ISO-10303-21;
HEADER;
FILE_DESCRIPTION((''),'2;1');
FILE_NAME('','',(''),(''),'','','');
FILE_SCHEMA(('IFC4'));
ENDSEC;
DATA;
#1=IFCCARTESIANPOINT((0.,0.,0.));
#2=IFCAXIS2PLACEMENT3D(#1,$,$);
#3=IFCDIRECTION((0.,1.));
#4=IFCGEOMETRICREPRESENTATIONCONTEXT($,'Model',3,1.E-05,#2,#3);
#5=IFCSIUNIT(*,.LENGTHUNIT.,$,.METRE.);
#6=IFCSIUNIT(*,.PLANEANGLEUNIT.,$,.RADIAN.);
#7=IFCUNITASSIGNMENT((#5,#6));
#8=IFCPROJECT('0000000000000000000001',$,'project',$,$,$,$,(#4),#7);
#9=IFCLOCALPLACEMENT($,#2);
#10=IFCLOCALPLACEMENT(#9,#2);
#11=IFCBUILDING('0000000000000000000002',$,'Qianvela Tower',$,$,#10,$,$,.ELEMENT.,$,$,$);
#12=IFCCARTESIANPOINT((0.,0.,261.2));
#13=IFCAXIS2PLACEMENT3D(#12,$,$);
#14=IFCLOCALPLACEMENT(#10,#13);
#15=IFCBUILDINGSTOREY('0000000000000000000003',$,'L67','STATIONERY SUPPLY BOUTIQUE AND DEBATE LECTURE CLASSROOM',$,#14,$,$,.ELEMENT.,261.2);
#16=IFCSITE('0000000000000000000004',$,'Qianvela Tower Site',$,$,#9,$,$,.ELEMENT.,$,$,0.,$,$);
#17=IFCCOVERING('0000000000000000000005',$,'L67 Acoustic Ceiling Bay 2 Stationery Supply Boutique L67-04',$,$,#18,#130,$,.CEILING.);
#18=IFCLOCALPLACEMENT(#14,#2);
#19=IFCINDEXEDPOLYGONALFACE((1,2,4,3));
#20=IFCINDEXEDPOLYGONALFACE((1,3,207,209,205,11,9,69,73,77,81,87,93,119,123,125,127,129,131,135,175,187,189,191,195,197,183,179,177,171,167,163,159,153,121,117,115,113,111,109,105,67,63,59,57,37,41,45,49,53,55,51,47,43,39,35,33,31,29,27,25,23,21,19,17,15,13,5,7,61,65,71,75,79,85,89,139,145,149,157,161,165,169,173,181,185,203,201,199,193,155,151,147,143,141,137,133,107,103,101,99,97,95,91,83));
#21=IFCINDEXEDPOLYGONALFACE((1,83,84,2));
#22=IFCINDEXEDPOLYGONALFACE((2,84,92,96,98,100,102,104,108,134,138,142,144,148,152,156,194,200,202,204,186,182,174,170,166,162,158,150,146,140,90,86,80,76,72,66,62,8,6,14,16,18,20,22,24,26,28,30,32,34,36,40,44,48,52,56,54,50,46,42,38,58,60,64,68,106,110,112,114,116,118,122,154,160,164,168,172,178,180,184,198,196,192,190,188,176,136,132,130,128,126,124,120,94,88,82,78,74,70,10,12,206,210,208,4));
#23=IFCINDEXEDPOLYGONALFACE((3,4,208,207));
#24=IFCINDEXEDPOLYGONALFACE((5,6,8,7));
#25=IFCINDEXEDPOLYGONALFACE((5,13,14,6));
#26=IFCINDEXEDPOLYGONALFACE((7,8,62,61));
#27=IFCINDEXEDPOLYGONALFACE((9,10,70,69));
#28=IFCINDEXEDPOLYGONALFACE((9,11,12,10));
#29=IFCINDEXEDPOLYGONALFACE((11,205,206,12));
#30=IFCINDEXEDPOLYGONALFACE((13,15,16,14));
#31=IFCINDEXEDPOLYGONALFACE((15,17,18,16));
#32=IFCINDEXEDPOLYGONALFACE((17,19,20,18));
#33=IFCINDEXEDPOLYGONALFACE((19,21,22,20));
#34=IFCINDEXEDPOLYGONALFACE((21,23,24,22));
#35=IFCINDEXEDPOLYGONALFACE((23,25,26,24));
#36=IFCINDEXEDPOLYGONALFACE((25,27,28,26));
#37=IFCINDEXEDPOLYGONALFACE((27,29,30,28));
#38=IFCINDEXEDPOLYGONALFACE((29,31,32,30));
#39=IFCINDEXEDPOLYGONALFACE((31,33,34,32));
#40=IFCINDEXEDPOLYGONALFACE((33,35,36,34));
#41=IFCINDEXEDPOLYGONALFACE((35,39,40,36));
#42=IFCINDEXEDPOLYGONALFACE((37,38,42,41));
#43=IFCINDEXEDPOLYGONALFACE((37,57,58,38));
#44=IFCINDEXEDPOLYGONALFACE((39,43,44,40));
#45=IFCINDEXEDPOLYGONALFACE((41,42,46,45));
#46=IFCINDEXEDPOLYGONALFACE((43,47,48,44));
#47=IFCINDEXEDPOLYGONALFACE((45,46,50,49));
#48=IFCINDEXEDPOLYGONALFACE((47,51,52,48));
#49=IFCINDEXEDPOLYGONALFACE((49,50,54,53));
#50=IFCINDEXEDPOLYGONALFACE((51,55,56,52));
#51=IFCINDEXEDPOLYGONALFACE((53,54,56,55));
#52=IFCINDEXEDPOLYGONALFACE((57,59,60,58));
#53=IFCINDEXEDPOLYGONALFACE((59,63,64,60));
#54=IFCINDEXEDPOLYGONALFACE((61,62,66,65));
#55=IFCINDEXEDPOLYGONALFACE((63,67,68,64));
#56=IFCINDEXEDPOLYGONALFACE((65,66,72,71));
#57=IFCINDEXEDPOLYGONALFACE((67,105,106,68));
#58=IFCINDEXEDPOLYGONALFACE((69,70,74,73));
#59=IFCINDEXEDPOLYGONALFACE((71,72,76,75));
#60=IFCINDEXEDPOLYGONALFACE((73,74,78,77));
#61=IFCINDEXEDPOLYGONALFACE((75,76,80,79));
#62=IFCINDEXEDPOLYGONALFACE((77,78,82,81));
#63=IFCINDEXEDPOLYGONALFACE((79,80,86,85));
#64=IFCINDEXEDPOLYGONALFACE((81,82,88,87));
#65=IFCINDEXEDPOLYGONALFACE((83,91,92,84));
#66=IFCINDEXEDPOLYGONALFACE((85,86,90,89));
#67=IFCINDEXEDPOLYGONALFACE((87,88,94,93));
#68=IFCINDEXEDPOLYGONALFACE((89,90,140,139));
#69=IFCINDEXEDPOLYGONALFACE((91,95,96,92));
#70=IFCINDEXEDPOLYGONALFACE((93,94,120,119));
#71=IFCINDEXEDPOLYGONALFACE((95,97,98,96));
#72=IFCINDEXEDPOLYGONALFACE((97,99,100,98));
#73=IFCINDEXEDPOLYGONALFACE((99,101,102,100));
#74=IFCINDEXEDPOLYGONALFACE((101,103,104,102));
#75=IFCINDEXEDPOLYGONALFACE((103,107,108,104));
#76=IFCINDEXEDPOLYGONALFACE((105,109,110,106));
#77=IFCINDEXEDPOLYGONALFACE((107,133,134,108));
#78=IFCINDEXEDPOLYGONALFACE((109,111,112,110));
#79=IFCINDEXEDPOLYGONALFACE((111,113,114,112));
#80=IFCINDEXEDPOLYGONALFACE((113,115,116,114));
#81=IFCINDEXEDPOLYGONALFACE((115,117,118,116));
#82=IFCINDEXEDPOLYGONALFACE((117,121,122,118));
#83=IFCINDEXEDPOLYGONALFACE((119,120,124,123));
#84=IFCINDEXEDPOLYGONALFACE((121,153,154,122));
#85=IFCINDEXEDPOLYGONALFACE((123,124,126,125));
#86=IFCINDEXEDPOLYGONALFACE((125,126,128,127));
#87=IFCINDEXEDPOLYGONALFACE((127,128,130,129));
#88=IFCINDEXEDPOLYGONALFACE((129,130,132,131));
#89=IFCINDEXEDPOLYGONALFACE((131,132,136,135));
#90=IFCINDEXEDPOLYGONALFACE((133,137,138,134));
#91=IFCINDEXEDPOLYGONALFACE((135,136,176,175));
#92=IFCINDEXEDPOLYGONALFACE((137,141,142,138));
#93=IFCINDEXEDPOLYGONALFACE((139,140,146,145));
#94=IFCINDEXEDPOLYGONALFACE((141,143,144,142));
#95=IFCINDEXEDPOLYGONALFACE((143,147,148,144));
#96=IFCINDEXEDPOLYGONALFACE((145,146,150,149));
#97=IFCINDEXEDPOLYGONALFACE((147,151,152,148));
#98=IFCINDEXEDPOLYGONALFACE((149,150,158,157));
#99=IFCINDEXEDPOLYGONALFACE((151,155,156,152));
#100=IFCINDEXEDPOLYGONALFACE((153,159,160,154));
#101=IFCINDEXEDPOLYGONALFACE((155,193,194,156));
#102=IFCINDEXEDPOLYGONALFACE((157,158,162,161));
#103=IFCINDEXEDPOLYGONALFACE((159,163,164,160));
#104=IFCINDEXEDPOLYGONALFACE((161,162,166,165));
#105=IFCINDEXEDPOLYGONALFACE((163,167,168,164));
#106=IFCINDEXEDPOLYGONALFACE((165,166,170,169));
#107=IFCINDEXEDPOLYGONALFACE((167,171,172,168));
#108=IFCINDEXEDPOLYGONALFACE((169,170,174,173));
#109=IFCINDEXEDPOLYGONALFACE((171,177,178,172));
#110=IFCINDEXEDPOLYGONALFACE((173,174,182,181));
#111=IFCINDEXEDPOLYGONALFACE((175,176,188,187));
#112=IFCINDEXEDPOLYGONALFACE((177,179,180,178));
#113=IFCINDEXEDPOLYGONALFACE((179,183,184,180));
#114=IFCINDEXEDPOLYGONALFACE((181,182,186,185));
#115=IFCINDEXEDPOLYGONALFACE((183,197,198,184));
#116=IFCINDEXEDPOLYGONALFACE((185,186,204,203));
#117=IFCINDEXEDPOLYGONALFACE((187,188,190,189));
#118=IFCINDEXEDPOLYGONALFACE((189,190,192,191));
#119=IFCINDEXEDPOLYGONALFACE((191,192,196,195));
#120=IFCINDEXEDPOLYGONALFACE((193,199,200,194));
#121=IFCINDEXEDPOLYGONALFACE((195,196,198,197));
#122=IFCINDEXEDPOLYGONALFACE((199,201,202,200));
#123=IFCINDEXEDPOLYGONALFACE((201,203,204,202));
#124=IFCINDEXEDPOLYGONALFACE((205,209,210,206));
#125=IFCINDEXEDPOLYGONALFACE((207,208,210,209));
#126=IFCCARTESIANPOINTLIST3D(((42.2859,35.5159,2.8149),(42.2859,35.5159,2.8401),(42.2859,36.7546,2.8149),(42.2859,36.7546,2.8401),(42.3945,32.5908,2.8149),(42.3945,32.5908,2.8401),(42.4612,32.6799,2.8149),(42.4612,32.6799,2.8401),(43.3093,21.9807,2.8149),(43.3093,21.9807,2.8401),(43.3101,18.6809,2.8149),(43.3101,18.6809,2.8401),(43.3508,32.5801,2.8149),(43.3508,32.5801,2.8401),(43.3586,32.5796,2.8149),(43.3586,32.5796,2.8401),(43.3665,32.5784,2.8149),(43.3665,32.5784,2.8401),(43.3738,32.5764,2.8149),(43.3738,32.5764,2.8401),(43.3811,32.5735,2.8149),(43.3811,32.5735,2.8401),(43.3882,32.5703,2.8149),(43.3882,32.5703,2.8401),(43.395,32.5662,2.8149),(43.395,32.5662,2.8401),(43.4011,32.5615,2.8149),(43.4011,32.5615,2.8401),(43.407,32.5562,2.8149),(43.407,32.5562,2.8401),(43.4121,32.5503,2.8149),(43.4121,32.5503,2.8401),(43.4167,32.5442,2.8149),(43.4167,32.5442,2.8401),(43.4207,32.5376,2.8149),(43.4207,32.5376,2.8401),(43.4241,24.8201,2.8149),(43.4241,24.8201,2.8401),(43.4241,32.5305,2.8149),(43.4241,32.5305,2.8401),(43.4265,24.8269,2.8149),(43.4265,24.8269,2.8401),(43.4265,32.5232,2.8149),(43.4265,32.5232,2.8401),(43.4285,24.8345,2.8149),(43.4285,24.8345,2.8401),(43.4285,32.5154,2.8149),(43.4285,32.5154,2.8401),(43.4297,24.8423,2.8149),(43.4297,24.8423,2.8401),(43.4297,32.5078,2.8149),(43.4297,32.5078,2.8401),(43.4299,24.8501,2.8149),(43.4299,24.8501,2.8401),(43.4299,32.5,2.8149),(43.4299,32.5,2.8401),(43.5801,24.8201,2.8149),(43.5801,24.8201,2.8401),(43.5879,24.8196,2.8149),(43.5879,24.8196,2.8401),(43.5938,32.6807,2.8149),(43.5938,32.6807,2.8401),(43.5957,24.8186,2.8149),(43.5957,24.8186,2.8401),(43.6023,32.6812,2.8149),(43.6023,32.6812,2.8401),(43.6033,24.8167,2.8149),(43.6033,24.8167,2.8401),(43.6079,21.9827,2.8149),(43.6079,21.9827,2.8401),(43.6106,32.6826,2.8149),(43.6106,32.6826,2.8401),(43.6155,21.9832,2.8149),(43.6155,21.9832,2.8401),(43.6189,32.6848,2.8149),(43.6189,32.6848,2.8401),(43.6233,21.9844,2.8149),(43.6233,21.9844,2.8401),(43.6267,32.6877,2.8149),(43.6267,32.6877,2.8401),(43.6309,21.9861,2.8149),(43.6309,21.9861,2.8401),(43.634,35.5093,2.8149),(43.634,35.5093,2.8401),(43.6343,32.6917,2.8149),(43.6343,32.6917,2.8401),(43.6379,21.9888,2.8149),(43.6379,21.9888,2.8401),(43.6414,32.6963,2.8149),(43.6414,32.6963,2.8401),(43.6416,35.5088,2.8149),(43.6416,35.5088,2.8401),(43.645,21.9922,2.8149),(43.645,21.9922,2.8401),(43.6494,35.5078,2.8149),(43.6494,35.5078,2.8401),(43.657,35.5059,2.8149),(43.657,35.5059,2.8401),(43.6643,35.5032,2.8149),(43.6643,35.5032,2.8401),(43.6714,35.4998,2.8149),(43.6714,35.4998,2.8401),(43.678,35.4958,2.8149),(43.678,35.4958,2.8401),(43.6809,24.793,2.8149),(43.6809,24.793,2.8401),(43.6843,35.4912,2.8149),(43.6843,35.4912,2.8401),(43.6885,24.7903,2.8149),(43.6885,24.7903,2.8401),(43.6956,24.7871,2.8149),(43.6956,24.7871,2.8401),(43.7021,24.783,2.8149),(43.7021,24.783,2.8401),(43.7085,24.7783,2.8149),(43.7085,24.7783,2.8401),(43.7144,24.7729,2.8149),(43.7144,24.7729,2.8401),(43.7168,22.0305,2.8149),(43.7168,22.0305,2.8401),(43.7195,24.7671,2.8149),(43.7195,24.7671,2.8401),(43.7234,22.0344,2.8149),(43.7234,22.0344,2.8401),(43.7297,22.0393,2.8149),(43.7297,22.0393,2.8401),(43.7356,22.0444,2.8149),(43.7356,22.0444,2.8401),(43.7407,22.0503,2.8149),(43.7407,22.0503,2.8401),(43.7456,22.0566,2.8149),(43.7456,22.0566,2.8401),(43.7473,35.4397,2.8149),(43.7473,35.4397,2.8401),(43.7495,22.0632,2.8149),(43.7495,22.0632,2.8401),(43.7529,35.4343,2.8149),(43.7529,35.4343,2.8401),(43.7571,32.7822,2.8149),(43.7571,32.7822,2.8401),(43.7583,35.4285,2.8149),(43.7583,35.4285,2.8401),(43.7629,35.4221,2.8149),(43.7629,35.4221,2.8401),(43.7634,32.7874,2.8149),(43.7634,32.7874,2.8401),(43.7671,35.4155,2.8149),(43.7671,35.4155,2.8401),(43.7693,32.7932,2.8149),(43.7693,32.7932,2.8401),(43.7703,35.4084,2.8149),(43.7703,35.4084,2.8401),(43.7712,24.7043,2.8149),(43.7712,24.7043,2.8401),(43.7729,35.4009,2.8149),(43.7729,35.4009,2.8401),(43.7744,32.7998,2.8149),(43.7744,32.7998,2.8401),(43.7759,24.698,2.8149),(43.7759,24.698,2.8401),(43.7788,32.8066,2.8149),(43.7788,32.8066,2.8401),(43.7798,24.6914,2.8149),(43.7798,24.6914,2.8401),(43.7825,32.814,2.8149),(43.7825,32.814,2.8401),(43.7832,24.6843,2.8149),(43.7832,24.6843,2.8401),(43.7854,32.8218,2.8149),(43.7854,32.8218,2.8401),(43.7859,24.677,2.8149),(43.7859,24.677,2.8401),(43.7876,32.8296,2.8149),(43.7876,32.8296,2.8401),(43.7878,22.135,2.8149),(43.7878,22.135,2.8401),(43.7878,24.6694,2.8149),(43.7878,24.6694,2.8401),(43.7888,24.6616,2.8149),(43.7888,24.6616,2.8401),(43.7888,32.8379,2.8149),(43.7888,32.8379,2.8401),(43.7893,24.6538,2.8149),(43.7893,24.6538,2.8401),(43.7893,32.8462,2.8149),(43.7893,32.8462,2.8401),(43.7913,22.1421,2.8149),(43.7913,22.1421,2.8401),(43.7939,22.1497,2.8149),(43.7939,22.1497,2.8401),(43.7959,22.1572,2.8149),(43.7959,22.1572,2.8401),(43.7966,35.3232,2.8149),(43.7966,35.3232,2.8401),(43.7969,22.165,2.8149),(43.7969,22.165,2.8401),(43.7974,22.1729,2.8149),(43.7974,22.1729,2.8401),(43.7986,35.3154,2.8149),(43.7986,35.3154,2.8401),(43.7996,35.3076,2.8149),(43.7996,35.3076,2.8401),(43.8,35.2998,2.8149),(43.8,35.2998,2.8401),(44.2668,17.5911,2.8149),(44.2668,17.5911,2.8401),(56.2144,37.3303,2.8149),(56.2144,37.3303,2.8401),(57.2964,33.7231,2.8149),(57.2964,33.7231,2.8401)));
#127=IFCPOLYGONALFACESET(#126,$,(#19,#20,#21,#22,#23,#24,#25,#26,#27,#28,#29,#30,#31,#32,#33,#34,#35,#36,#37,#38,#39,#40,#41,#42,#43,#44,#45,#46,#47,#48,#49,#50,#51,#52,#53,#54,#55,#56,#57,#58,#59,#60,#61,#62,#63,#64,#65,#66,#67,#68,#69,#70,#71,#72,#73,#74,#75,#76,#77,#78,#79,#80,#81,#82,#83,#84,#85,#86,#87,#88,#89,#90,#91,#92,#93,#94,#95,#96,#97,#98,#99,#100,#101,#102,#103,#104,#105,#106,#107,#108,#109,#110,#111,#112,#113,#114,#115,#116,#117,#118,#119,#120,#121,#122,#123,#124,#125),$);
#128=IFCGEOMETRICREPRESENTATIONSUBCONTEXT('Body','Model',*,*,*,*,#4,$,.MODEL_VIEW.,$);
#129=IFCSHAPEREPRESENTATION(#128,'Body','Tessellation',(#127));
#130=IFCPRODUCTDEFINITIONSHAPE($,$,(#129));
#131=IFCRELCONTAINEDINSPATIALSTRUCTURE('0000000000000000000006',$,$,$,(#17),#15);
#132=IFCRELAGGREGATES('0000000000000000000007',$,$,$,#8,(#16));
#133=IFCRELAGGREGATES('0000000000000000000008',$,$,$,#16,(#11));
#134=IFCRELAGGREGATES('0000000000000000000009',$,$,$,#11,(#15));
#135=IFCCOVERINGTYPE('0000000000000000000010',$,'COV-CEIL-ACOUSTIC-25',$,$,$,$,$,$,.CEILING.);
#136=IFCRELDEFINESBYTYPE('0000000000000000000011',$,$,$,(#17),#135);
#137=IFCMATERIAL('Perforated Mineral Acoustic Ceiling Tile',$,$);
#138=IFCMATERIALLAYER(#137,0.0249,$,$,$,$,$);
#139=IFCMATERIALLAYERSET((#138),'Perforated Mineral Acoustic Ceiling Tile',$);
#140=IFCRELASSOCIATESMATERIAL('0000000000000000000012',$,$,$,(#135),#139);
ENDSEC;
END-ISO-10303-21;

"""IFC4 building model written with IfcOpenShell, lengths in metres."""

from ifc_helpers import new_model, si_unit, direction, frame, origin, place, context, subcontext, project, spatial, polyline, outline, extrude, material, layer, layer_set, type_object, element, save


model = new_model("IFC4")

# Units and contexts
model_context = context("Model", 3, precision=1e-05, world=origin(), true_north=direction((0.0, 1.0)))
body_context = subcontext(model_context, "Body", "Model", "MODEL_VIEW")
ifc_project = project(units=[si_unit("LENGTHUNIT", "METRE"), si_unit("PLANEANGLEUNIT", "RADIAN")], contexts=[model_context])

# Site, building, storey
site_placement = place(None, origin())
site = spatial("IfcSite", under=ifc_project, at=site_placement, Name="Qianvela Tower Site", CompositionType="ELEMENT", RefElevation=0.0)
building_placement = place(site_placement, origin())
building = spatial("IfcBuilding", under=site, at=building_placement, Name="Qianvela Tower", CompositionType="ELEMENT")
storey_placement = place(building_placement, frame((0.0, 0.0, 261.2)))
storey = spatial("IfcBuildingStorey", under=building, at=storey_placement, Name="L67", Description="STATIONERY SUPPLY BOUTIQUE AND DEBATE LECTURE CLASSROOM", CompositionType="ELEMENT", Elevation=261.2)

# Covering
ifc_material_1 = material(Name="Perforated Mineral Acoustic Ceiling Tile")
ifc_layer_1 = layer(ifc_material_1, 0.0249)
ifc_layer_set_1 = layer_set([ifc_layer_1], Name="Perforated Mineral Acoustic Ceiling Tile")
covering_type_1 = type_object("IfcCoveringType", Name="COV-CEIL-ACOUSTIC-25", PredefinedType="CEILING", material=ifc_layer_set_1)
covering_1_placement = place(storey_placement, frame((0.0, 0.0, 2.8149)))
element("IfcCovering", 1, at=covering_1_placement, inside=storey, type_object=covering_type_1, Name="L67 Acoustic Ceiling Bay 2 Stationery Supply Boutique L67-04", PredefinedType="CEILING", context=body_context, shape_type="SweptSolid", body=[
    extrude(outline(polyline([(56.2144, 37.3303), (57.2964, 33.7231), (44.2668, 17.5911), (43.3101, 18.6809), (43.3093, 21.9807), (43.6079, 21.9827), (43.6155, 21.9832), (43.6233, 21.9844), (43.6309, 21.9861), (43.6379, 21.9888), (43.645, 21.9922), (43.7168, 22.0305), (43.7234, 22.0344), (43.7297, 22.0393), (43.7356, 22.0444), (43.7407, 22.0503), (43.7456, 22.0566), (43.7495, 22.0632), (43.7878, 22.135), (43.7913, 22.1421), (43.7939, 22.1497), (43.7959, 22.1572), (43.7969, 22.165), (43.7974, 22.1729), (43.7893, 24.6538), (43.7888, 24.6616), (43.7878, 24.6694), (43.7859, 24.677), (43.7832, 24.6843), (43.7798, 24.6914), (43.7759, 24.698), (43.7712, 24.7043), (43.7195, 24.7671), (43.7144, 24.7729), (43.7085, 24.7783), (43.7021, 24.783), (43.6956, 24.7871), (43.6885, 24.7903), (43.6809, 24.793), (43.6033, 24.8167), (43.5957, 24.8186), (43.5879, 24.8196), (43.5801, 24.8201), (43.4241, 24.8201), (43.4265, 24.8269), (43.4285, 24.8345), (43.4297, 24.8423), (43.4299, 24.8501), (43.4299, 32.5), (43.4297, 32.5078), (43.4285, 32.5154), (43.4265, 32.5232), (43.4241, 32.5305), (43.4207, 32.5376), (43.4167, 32.5442), (43.4121, 32.5503), (43.407, 32.5562), (43.4011, 32.5615), (43.395, 32.5662), (43.3882, 32.5703), (43.3811, 32.5735), (43.3738, 32.5764), (43.3665, 32.5784), (43.3586, 32.5796), (43.3508, 32.5801), (42.3945, 32.5908), (42.4612, 32.6799), (43.5938, 32.6807), (43.6023, 32.6812), (43.6106, 32.6826), (43.6189, 32.6848), (43.6267, 32.6877), (43.6343, 32.6917), (43.6414, 32.6963), (43.7571, 32.7822), (43.7634, 32.7874), (43.7693, 32.7932), (43.7744, 32.7998), (43.7788, 32.8066), (43.7825, 32.814), (43.7854, 32.8218), (43.7876, 32.8296), (43.7888, 32.8379), (43.7893, 32.8462), (43.8, 35.2998), (43.7996, 35.3076), (43.7986, 35.3154), (43.7966, 35.3232), (43.7729, 35.4009), (43.7703, 35.4084), (43.7671, 35.4155), (43.7629, 35.4221), (43.7583, 35.4285), (43.7529, 35.4343), (43.7473, 35.4397), (43.6843, 35.4912), (43.678, 35.4958), (43.6714, 35.4998), (43.6643, 35.5032), (43.657, 35.5059), (43.6494, 35.5078), (43.6416, 35.5088), (43.634, 35.5093), (42.2859, 35.5159), (42.2859, 36.7546), (56.2144, 37.3303)])), origin(), (0.0, 0.0, 1.0), 0.0251),
])

save(model, "model.ifc")
